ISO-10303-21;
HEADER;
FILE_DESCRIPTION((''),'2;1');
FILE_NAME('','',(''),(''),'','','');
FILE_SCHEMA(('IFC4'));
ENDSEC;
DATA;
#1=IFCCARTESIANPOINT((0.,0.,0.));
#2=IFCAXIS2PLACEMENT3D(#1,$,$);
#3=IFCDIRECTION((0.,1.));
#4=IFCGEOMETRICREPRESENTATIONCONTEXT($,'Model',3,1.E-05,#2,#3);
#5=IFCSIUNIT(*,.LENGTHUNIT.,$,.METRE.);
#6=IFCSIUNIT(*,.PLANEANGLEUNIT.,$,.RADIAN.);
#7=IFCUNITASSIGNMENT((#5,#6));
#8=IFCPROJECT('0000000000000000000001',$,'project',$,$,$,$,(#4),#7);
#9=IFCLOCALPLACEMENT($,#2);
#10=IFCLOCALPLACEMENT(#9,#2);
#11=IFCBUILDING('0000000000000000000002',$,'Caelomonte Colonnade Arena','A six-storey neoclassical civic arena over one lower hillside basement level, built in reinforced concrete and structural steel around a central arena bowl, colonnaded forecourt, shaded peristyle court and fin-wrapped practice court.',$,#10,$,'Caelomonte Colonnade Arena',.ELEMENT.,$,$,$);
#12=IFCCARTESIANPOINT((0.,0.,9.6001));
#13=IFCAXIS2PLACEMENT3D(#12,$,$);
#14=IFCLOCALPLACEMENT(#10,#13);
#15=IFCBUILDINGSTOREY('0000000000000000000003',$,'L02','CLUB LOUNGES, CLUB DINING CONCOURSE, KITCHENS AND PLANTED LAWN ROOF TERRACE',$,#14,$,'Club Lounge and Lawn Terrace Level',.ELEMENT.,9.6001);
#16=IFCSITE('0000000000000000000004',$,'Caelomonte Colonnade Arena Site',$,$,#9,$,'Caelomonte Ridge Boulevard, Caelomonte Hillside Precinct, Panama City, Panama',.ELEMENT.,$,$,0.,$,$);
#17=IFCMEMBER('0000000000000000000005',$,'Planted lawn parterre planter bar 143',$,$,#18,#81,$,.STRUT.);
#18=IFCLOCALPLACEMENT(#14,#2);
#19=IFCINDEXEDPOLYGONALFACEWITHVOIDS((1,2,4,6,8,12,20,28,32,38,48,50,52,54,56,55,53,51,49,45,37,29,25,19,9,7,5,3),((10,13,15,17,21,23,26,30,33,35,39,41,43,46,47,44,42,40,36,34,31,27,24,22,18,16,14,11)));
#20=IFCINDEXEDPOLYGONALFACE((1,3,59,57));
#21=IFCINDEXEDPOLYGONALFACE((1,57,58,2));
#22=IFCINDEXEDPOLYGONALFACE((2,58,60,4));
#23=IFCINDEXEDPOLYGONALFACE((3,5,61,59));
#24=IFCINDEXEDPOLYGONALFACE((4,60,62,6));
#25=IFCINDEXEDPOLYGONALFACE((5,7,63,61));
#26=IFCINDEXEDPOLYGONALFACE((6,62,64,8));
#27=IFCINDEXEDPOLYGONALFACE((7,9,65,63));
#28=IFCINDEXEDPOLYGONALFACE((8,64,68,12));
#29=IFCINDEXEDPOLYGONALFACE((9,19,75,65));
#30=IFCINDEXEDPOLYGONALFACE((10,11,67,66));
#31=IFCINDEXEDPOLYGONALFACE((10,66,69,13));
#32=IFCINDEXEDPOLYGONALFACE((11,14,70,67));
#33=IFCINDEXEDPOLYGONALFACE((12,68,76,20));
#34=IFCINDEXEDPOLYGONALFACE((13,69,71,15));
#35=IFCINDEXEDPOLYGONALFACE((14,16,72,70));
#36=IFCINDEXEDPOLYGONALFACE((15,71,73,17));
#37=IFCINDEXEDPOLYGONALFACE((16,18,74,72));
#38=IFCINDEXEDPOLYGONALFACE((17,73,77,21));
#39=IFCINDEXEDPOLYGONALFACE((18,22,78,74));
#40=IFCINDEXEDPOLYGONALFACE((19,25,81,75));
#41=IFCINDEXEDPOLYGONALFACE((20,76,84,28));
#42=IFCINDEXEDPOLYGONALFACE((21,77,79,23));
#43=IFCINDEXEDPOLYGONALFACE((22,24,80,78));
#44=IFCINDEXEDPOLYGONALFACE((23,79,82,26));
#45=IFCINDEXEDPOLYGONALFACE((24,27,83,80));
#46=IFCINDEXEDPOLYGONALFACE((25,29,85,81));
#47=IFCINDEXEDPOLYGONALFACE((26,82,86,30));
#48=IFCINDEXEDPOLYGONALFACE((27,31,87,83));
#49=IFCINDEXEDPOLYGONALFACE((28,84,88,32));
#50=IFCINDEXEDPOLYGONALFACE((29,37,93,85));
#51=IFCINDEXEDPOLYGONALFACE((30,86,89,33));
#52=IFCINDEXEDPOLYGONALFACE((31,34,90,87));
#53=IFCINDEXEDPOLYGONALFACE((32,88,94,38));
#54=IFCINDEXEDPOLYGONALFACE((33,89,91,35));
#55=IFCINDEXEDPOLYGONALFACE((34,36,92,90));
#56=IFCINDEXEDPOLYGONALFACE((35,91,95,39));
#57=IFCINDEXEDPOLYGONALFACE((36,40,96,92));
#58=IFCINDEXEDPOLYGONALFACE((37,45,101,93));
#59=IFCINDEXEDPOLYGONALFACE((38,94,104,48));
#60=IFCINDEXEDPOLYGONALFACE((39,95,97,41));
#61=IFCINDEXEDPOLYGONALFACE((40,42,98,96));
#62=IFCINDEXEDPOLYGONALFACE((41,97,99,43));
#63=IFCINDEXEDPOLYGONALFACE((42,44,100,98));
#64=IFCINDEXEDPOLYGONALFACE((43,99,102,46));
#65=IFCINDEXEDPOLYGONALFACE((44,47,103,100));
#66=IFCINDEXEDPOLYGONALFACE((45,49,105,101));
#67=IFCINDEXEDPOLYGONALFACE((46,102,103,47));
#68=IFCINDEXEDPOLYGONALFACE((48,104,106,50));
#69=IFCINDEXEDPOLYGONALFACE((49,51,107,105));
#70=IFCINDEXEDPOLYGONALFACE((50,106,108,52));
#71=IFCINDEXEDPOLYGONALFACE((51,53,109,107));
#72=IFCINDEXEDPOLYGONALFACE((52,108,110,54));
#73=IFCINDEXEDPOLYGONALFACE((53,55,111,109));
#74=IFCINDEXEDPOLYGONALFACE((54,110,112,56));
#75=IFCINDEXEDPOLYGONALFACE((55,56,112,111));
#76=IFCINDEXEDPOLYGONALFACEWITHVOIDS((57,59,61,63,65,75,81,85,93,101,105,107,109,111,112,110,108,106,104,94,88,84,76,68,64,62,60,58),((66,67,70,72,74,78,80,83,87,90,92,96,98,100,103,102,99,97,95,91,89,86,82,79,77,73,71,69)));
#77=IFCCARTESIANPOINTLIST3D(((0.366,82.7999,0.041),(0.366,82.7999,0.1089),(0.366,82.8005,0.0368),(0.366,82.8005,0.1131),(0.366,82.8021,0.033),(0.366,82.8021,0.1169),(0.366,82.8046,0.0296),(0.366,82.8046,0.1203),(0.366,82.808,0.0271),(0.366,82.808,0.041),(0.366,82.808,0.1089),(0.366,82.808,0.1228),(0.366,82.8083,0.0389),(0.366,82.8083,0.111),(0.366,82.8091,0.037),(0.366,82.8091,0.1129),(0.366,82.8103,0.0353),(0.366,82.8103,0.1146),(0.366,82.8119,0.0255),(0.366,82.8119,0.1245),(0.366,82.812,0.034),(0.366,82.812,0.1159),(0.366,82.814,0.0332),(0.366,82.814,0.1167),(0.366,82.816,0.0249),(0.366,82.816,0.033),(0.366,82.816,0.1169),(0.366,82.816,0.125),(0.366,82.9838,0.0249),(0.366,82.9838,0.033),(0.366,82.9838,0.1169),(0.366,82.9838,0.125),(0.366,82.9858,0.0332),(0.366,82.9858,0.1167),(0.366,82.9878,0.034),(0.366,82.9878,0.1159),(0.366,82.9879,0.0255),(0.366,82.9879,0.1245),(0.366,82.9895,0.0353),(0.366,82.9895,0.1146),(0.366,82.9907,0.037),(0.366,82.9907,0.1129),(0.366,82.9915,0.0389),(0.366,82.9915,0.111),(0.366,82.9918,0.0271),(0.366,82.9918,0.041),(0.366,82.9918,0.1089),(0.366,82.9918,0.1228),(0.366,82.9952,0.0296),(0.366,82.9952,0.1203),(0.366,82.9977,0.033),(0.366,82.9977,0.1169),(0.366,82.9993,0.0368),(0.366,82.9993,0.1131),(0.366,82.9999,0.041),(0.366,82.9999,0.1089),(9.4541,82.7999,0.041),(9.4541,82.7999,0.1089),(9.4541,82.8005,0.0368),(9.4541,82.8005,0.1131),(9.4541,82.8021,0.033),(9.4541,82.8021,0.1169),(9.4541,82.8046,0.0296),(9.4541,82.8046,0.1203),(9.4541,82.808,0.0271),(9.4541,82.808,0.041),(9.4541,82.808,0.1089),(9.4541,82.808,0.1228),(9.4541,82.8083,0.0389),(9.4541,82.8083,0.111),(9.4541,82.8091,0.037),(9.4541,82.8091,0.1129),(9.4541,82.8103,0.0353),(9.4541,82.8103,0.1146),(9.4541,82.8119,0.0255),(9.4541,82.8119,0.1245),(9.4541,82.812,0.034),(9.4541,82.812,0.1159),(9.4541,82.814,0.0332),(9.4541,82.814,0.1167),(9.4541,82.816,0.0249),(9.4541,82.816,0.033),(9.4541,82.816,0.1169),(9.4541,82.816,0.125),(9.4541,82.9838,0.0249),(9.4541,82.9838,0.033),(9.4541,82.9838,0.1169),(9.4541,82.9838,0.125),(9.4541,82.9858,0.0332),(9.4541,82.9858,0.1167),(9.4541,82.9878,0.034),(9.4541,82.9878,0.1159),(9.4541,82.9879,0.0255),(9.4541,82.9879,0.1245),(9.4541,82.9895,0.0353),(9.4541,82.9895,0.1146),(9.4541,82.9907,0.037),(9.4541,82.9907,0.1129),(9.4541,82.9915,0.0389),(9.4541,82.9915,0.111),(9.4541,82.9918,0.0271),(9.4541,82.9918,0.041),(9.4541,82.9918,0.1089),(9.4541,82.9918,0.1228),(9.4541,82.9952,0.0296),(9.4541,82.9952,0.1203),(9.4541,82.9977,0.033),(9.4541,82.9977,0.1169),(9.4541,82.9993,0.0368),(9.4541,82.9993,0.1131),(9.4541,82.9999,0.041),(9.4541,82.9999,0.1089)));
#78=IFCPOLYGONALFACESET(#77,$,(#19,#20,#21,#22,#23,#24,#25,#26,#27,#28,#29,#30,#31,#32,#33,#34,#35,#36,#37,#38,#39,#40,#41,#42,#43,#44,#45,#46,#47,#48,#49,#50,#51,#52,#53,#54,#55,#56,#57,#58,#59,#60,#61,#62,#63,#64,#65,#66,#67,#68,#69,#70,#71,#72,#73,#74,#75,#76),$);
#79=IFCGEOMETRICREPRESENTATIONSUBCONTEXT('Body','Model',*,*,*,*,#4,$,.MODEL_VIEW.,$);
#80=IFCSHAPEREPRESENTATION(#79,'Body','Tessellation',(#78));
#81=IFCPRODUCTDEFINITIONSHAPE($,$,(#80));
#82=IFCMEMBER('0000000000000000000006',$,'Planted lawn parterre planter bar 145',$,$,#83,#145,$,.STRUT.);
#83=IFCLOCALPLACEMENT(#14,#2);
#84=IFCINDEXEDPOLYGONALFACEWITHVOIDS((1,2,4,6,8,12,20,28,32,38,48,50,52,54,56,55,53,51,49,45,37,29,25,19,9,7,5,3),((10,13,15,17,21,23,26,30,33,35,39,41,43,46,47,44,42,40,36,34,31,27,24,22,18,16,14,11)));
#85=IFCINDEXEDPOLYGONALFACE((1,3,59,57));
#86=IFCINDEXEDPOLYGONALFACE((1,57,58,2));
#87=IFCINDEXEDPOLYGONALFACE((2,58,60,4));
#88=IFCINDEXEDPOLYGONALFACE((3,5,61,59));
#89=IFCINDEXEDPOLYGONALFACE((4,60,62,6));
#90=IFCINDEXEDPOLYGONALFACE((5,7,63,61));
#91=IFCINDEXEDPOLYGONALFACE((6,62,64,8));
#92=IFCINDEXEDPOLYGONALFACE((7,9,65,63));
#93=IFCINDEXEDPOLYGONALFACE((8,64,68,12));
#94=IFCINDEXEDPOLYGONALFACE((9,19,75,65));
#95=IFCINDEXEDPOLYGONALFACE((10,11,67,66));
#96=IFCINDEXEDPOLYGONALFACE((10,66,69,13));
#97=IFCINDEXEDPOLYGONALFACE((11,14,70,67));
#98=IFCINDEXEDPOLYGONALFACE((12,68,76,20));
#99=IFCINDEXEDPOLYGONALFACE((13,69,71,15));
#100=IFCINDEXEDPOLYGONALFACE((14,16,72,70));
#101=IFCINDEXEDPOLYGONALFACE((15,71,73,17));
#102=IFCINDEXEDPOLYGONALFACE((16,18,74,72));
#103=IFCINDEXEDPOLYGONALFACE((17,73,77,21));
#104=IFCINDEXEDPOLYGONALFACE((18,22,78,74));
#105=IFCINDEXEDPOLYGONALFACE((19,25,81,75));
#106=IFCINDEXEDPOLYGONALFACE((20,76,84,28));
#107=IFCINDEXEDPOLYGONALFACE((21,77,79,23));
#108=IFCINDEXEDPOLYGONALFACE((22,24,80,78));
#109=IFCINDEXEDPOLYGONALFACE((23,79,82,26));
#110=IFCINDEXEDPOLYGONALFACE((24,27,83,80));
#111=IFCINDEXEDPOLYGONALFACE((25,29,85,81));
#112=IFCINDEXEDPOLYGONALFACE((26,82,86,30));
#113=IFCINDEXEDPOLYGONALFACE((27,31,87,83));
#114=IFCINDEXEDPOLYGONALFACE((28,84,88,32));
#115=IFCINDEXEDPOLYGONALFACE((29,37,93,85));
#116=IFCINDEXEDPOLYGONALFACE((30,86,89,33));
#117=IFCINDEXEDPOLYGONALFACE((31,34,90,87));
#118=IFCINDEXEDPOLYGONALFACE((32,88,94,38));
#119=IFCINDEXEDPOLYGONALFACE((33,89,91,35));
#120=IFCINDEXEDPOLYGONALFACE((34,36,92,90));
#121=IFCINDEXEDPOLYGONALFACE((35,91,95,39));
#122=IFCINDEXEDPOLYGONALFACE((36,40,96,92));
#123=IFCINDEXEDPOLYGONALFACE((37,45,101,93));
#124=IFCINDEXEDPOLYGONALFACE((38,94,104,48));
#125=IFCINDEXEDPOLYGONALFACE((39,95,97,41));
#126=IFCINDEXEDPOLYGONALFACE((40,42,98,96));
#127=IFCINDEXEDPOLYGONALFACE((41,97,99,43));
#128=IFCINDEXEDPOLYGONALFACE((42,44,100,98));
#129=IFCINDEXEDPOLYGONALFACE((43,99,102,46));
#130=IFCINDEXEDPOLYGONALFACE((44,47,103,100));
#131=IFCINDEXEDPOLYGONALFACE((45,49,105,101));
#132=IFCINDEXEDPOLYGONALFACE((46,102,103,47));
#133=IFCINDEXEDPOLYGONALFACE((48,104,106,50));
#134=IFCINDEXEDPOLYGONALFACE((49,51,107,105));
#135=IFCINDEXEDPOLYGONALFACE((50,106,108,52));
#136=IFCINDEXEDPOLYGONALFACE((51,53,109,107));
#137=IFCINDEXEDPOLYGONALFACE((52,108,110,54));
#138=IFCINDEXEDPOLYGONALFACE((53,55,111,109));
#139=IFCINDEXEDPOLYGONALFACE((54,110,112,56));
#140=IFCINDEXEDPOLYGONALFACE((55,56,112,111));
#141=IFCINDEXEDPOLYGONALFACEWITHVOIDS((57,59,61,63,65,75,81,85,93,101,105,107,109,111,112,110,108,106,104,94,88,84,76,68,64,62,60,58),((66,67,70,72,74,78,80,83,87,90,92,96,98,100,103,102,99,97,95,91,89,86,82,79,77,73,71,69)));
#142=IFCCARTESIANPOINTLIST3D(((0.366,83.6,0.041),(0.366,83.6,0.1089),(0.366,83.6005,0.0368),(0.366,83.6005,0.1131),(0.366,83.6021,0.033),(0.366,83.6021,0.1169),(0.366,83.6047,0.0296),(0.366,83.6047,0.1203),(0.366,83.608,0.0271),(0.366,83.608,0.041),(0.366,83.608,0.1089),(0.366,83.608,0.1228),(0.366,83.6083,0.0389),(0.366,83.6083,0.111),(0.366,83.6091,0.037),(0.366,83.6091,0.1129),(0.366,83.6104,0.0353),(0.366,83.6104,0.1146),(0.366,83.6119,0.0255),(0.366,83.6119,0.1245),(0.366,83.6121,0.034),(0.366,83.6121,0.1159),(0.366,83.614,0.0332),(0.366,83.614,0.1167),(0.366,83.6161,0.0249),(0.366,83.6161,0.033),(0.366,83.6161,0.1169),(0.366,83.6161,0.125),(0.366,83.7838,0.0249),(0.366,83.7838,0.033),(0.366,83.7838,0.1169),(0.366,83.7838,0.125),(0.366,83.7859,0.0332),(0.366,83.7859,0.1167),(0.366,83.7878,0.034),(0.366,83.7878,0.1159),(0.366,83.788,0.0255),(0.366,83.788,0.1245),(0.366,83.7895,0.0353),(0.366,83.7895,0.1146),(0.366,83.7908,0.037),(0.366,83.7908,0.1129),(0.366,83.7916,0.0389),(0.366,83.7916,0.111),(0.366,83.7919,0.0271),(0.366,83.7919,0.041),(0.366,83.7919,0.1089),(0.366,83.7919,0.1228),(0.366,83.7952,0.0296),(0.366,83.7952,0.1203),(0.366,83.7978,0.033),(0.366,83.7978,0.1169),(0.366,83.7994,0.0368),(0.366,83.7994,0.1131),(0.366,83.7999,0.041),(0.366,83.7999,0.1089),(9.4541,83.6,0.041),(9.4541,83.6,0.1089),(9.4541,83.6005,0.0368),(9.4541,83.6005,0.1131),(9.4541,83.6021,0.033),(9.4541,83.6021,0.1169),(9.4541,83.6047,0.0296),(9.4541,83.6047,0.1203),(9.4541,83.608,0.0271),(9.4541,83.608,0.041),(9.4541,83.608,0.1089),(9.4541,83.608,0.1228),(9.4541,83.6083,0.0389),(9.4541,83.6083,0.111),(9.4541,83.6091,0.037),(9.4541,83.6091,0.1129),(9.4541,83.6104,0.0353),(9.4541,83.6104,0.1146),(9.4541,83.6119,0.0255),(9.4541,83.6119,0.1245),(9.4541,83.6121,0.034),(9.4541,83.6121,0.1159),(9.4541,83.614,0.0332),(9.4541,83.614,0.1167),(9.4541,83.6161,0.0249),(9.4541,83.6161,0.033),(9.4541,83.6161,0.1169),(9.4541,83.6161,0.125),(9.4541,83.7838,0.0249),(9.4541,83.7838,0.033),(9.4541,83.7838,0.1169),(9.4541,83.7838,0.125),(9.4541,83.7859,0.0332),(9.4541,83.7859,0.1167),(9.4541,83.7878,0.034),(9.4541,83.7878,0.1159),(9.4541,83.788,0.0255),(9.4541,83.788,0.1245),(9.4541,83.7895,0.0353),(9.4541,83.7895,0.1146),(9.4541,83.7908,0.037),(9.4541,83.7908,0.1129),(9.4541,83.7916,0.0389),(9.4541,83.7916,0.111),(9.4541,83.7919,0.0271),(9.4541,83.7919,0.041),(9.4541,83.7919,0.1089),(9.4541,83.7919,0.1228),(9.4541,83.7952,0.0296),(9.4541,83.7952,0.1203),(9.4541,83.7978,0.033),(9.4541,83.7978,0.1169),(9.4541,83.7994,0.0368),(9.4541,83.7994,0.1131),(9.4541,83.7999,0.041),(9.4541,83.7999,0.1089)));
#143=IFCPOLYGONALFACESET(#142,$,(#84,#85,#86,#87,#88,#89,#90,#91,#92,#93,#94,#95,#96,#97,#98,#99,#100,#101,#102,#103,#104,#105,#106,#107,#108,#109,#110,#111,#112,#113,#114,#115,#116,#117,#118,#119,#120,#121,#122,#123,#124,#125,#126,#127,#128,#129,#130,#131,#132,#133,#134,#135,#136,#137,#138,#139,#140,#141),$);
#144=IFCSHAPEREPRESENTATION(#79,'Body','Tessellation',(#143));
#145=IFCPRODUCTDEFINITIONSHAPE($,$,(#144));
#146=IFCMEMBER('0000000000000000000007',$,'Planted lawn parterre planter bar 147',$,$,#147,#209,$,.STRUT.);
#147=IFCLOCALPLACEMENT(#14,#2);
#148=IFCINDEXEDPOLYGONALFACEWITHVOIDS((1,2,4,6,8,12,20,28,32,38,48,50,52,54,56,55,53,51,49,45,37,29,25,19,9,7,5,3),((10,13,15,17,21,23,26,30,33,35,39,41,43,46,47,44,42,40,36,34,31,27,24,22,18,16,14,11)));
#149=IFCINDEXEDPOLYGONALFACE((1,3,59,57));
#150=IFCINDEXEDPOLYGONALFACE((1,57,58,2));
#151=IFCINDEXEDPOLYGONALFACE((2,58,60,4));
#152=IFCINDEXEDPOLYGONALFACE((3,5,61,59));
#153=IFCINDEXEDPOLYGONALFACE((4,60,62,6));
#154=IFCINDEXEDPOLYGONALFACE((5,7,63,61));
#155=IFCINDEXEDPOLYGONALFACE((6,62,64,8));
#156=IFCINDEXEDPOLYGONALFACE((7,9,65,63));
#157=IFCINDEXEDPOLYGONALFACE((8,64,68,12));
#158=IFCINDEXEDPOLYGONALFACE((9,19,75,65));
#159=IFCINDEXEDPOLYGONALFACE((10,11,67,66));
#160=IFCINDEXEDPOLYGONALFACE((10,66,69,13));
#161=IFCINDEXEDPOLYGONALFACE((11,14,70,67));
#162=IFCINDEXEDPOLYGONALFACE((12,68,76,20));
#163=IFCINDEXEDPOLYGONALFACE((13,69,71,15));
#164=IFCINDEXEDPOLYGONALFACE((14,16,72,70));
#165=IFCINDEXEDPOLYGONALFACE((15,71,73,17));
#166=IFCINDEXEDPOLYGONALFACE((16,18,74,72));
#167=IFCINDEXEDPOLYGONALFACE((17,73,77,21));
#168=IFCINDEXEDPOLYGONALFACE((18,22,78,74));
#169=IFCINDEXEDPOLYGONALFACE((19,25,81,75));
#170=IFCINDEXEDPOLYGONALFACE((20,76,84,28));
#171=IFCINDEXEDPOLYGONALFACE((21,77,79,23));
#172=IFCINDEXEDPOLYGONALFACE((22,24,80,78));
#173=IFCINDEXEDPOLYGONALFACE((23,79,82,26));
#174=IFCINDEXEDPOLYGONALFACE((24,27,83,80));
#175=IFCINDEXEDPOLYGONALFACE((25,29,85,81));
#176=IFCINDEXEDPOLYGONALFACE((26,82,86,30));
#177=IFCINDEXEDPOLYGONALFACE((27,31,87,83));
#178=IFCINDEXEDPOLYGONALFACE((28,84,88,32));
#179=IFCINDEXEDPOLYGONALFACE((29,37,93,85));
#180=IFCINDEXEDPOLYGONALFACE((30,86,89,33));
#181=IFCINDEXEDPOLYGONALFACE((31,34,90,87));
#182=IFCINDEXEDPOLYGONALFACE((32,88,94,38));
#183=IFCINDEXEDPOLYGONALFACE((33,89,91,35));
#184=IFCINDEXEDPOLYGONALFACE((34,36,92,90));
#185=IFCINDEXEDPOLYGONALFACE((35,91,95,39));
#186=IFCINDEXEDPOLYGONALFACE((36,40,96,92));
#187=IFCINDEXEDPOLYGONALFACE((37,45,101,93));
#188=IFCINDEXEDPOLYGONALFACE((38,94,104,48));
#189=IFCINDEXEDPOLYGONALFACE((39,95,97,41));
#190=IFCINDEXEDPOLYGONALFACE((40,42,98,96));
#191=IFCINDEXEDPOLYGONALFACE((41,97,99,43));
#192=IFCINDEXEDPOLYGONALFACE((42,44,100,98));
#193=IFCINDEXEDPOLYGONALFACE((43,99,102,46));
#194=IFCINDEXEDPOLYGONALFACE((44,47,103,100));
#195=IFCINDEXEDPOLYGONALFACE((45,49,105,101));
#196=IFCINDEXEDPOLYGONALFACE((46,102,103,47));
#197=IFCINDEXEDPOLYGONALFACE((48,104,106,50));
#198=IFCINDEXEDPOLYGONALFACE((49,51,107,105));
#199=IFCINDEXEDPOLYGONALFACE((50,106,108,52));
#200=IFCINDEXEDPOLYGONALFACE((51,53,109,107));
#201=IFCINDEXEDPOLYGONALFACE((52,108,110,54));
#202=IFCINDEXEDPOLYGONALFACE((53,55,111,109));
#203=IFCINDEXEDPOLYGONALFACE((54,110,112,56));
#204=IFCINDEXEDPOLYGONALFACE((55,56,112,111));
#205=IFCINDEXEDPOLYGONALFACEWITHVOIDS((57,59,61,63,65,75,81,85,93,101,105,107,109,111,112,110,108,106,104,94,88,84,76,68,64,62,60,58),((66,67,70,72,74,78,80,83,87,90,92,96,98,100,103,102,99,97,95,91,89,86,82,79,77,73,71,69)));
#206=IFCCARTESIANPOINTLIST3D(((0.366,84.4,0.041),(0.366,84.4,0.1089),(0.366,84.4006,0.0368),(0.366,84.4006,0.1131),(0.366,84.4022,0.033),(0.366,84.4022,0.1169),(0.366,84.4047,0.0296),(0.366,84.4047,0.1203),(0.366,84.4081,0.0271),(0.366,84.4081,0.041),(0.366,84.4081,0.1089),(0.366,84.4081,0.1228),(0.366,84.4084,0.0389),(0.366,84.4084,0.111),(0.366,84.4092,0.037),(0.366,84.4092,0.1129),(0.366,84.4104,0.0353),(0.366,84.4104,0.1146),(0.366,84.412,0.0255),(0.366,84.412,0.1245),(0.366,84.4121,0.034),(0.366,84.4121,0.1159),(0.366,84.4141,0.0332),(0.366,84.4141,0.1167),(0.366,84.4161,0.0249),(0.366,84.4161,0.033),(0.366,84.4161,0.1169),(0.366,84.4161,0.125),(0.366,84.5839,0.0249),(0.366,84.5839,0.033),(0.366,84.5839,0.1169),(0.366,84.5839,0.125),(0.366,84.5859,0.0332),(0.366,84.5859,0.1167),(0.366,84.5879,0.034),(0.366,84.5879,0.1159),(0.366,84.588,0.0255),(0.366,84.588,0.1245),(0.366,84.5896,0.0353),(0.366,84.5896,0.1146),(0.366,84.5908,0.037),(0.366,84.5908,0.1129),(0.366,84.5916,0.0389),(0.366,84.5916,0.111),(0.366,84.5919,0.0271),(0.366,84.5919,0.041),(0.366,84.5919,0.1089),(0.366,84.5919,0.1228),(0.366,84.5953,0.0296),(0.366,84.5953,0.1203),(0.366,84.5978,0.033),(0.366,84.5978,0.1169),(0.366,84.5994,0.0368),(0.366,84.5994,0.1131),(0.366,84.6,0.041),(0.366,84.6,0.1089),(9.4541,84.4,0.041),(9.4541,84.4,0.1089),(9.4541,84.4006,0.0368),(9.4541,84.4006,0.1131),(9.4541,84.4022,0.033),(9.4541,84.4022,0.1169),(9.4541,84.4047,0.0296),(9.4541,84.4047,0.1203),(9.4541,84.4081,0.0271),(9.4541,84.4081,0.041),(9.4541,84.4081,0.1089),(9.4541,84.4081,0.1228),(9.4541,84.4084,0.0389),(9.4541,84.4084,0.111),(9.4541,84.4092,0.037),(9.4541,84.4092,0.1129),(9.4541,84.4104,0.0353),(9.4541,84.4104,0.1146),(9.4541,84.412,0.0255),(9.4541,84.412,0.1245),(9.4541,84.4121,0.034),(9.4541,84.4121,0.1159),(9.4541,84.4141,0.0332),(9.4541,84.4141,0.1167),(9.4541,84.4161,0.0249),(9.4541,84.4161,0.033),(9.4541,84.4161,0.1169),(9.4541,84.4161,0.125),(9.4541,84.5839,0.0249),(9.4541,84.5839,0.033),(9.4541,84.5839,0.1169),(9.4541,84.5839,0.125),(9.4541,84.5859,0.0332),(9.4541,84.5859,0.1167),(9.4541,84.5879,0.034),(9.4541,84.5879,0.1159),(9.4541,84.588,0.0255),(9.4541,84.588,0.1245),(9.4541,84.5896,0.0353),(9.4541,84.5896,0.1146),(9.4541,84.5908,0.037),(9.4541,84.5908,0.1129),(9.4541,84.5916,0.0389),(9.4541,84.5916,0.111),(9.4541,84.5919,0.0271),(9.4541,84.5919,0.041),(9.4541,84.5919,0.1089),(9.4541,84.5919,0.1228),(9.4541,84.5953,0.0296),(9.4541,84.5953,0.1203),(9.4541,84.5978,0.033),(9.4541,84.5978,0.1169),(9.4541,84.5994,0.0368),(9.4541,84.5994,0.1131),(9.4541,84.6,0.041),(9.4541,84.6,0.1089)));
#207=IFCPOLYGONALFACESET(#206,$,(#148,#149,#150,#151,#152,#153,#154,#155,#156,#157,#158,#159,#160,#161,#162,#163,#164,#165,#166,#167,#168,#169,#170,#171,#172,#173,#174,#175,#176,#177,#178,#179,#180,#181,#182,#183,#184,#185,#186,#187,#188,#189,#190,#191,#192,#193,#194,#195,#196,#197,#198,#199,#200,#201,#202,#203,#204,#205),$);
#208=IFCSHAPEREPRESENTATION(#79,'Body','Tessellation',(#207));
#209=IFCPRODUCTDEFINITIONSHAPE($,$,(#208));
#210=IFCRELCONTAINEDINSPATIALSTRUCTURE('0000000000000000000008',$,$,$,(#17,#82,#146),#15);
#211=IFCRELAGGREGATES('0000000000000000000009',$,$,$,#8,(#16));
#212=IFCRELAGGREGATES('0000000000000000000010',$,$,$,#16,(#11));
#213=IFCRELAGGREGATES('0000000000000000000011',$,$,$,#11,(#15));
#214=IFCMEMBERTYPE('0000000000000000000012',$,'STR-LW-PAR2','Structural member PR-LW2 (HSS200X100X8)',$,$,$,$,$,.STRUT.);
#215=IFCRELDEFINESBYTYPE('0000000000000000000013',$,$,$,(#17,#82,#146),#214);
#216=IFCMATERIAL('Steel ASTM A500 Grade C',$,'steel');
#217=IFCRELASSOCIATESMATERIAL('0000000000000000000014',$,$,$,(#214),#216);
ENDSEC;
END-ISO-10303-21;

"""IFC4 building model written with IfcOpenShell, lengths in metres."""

from ifc_helpers import new_model, si_unit, direction, frame, origin, origin_2d, place, context, subcontext, project, spatial, hollow_rectangle, extrude, material, material_profile, profile_set, type_object, element, save


model = new_model("IFC4")

# Units and contexts
model_context = context("Model", 3, precision=1e-05, world=origin(), true_north=direction((0.0, 1.0)))
body_context = subcontext(model_context, "Body", "Model", "MODEL_VIEW")
ifc_project = project(units=[si_unit("LENGTHUNIT", "METRE"), si_unit("PLANEANGLEUNIT", "RADIAN")], contexts=[model_context])

# Site, building, storey
site_placement = place(None, origin())
site = spatial("IfcSite", under=ifc_project, at=site_placement, Name="Caelomonte Colonnade Arena Site", LongName="Caelomonte Ridge Boulevard, Caelomonte Hillside Precinct, Panama City, Panama", CompositionType="ELEMENT", RefElevation=0.0)
building_placement = place(site_placement, origin())
building = spatial("IfcBuilding", under=site, at=building_placement, Name="Caelomonte Colonnade Arena", Description="A six-storey neoclassical civic arena over one lower hillside basement level, built in reinforced concrete and structural steel around a central arena bowl, colonnaded forecourt, shaded peristyle court and fin-wrapped practice court.", LongName="Caelomonte Colonnade Arena", CompositionType="ELEMENT")
storey_placement = place(building_placement, frame((0.0, 0.0, 9.6001)))
storey = spatial("IfcBuildingStorey", under=building, at=storey_placement, Name="L02", Description="CLUB LOUNGES, CLUB DINING CONCOURSE, KITCHENS AND PLANTED LAWN ROOF TERRACE", LongName="Club Lounge and Lawn Terrace Level", CompositionType="ELEMENT", Elevation=9.6001)

# Members
ifc_material_1 = material(Name="Steel ASTM A500 Grade C", Category="steel")
ifc_material_profile_1 = material_profile(ifc_material_1, hollow_rectangle(XDim=0.2, YDim=0.1001, WallThickness=0.0081, InnerFilletRadius=0.0081, OuterFilletRadius=0.0161, at=origin_2d()), Name="HSS200X100X8")
ifc_profile_set_1 = profile_set([ifc_material_profile_1], Name="Steel ASTM A500 Grade C")
member_type_1 = type_object("IfcMemberType", Name="STR-LW-PAR2", Description="Structural member PR-LW2 (HSS200X100X8)", PredefinedType="STRUT", material=ifc_profile_set_1)
for number, where, z_axis, x_axis, name in (
    (1, (0.366, 82.8999, 0.075), (1.0, 0.0, 0.0), (0.0, 1.0, 0.0), "Planted lawn parterre planter bar 143"),
    (2, (0.366, 83.7, 0.075), (1.0, 0.0, 0.0), (0.0, 1.0, 0.0), "Planted lawn parterre planter bar 145"),
    (3, (0.366, 84.5, 0.075), (1.0, 0.0, 0.0), (0.0, 1.0, 0.0), "Planted lawn parterre planter bar 147"),
):
    element("IfcMember", number, at=place(storey_placement, frame(where, z_axis=z_axis, x_axis=x_axis)), inside=storey, type_object=member_type_1, Name=name, PredefinedType="STRUT", context=body_context, shape_type="SweptSolid", body=[
        extrude(hollow_rectangle(XDim=0.2, YDim=0.1001, WallThickness=0.0081, InnerFilletRadius=0.0081, OuterFilletRadius=0.0161, at=origin_2d()), origin(), (0.0, 0.0, 1.0), 9.0881),
    ])

save(model, "model.ifc")
